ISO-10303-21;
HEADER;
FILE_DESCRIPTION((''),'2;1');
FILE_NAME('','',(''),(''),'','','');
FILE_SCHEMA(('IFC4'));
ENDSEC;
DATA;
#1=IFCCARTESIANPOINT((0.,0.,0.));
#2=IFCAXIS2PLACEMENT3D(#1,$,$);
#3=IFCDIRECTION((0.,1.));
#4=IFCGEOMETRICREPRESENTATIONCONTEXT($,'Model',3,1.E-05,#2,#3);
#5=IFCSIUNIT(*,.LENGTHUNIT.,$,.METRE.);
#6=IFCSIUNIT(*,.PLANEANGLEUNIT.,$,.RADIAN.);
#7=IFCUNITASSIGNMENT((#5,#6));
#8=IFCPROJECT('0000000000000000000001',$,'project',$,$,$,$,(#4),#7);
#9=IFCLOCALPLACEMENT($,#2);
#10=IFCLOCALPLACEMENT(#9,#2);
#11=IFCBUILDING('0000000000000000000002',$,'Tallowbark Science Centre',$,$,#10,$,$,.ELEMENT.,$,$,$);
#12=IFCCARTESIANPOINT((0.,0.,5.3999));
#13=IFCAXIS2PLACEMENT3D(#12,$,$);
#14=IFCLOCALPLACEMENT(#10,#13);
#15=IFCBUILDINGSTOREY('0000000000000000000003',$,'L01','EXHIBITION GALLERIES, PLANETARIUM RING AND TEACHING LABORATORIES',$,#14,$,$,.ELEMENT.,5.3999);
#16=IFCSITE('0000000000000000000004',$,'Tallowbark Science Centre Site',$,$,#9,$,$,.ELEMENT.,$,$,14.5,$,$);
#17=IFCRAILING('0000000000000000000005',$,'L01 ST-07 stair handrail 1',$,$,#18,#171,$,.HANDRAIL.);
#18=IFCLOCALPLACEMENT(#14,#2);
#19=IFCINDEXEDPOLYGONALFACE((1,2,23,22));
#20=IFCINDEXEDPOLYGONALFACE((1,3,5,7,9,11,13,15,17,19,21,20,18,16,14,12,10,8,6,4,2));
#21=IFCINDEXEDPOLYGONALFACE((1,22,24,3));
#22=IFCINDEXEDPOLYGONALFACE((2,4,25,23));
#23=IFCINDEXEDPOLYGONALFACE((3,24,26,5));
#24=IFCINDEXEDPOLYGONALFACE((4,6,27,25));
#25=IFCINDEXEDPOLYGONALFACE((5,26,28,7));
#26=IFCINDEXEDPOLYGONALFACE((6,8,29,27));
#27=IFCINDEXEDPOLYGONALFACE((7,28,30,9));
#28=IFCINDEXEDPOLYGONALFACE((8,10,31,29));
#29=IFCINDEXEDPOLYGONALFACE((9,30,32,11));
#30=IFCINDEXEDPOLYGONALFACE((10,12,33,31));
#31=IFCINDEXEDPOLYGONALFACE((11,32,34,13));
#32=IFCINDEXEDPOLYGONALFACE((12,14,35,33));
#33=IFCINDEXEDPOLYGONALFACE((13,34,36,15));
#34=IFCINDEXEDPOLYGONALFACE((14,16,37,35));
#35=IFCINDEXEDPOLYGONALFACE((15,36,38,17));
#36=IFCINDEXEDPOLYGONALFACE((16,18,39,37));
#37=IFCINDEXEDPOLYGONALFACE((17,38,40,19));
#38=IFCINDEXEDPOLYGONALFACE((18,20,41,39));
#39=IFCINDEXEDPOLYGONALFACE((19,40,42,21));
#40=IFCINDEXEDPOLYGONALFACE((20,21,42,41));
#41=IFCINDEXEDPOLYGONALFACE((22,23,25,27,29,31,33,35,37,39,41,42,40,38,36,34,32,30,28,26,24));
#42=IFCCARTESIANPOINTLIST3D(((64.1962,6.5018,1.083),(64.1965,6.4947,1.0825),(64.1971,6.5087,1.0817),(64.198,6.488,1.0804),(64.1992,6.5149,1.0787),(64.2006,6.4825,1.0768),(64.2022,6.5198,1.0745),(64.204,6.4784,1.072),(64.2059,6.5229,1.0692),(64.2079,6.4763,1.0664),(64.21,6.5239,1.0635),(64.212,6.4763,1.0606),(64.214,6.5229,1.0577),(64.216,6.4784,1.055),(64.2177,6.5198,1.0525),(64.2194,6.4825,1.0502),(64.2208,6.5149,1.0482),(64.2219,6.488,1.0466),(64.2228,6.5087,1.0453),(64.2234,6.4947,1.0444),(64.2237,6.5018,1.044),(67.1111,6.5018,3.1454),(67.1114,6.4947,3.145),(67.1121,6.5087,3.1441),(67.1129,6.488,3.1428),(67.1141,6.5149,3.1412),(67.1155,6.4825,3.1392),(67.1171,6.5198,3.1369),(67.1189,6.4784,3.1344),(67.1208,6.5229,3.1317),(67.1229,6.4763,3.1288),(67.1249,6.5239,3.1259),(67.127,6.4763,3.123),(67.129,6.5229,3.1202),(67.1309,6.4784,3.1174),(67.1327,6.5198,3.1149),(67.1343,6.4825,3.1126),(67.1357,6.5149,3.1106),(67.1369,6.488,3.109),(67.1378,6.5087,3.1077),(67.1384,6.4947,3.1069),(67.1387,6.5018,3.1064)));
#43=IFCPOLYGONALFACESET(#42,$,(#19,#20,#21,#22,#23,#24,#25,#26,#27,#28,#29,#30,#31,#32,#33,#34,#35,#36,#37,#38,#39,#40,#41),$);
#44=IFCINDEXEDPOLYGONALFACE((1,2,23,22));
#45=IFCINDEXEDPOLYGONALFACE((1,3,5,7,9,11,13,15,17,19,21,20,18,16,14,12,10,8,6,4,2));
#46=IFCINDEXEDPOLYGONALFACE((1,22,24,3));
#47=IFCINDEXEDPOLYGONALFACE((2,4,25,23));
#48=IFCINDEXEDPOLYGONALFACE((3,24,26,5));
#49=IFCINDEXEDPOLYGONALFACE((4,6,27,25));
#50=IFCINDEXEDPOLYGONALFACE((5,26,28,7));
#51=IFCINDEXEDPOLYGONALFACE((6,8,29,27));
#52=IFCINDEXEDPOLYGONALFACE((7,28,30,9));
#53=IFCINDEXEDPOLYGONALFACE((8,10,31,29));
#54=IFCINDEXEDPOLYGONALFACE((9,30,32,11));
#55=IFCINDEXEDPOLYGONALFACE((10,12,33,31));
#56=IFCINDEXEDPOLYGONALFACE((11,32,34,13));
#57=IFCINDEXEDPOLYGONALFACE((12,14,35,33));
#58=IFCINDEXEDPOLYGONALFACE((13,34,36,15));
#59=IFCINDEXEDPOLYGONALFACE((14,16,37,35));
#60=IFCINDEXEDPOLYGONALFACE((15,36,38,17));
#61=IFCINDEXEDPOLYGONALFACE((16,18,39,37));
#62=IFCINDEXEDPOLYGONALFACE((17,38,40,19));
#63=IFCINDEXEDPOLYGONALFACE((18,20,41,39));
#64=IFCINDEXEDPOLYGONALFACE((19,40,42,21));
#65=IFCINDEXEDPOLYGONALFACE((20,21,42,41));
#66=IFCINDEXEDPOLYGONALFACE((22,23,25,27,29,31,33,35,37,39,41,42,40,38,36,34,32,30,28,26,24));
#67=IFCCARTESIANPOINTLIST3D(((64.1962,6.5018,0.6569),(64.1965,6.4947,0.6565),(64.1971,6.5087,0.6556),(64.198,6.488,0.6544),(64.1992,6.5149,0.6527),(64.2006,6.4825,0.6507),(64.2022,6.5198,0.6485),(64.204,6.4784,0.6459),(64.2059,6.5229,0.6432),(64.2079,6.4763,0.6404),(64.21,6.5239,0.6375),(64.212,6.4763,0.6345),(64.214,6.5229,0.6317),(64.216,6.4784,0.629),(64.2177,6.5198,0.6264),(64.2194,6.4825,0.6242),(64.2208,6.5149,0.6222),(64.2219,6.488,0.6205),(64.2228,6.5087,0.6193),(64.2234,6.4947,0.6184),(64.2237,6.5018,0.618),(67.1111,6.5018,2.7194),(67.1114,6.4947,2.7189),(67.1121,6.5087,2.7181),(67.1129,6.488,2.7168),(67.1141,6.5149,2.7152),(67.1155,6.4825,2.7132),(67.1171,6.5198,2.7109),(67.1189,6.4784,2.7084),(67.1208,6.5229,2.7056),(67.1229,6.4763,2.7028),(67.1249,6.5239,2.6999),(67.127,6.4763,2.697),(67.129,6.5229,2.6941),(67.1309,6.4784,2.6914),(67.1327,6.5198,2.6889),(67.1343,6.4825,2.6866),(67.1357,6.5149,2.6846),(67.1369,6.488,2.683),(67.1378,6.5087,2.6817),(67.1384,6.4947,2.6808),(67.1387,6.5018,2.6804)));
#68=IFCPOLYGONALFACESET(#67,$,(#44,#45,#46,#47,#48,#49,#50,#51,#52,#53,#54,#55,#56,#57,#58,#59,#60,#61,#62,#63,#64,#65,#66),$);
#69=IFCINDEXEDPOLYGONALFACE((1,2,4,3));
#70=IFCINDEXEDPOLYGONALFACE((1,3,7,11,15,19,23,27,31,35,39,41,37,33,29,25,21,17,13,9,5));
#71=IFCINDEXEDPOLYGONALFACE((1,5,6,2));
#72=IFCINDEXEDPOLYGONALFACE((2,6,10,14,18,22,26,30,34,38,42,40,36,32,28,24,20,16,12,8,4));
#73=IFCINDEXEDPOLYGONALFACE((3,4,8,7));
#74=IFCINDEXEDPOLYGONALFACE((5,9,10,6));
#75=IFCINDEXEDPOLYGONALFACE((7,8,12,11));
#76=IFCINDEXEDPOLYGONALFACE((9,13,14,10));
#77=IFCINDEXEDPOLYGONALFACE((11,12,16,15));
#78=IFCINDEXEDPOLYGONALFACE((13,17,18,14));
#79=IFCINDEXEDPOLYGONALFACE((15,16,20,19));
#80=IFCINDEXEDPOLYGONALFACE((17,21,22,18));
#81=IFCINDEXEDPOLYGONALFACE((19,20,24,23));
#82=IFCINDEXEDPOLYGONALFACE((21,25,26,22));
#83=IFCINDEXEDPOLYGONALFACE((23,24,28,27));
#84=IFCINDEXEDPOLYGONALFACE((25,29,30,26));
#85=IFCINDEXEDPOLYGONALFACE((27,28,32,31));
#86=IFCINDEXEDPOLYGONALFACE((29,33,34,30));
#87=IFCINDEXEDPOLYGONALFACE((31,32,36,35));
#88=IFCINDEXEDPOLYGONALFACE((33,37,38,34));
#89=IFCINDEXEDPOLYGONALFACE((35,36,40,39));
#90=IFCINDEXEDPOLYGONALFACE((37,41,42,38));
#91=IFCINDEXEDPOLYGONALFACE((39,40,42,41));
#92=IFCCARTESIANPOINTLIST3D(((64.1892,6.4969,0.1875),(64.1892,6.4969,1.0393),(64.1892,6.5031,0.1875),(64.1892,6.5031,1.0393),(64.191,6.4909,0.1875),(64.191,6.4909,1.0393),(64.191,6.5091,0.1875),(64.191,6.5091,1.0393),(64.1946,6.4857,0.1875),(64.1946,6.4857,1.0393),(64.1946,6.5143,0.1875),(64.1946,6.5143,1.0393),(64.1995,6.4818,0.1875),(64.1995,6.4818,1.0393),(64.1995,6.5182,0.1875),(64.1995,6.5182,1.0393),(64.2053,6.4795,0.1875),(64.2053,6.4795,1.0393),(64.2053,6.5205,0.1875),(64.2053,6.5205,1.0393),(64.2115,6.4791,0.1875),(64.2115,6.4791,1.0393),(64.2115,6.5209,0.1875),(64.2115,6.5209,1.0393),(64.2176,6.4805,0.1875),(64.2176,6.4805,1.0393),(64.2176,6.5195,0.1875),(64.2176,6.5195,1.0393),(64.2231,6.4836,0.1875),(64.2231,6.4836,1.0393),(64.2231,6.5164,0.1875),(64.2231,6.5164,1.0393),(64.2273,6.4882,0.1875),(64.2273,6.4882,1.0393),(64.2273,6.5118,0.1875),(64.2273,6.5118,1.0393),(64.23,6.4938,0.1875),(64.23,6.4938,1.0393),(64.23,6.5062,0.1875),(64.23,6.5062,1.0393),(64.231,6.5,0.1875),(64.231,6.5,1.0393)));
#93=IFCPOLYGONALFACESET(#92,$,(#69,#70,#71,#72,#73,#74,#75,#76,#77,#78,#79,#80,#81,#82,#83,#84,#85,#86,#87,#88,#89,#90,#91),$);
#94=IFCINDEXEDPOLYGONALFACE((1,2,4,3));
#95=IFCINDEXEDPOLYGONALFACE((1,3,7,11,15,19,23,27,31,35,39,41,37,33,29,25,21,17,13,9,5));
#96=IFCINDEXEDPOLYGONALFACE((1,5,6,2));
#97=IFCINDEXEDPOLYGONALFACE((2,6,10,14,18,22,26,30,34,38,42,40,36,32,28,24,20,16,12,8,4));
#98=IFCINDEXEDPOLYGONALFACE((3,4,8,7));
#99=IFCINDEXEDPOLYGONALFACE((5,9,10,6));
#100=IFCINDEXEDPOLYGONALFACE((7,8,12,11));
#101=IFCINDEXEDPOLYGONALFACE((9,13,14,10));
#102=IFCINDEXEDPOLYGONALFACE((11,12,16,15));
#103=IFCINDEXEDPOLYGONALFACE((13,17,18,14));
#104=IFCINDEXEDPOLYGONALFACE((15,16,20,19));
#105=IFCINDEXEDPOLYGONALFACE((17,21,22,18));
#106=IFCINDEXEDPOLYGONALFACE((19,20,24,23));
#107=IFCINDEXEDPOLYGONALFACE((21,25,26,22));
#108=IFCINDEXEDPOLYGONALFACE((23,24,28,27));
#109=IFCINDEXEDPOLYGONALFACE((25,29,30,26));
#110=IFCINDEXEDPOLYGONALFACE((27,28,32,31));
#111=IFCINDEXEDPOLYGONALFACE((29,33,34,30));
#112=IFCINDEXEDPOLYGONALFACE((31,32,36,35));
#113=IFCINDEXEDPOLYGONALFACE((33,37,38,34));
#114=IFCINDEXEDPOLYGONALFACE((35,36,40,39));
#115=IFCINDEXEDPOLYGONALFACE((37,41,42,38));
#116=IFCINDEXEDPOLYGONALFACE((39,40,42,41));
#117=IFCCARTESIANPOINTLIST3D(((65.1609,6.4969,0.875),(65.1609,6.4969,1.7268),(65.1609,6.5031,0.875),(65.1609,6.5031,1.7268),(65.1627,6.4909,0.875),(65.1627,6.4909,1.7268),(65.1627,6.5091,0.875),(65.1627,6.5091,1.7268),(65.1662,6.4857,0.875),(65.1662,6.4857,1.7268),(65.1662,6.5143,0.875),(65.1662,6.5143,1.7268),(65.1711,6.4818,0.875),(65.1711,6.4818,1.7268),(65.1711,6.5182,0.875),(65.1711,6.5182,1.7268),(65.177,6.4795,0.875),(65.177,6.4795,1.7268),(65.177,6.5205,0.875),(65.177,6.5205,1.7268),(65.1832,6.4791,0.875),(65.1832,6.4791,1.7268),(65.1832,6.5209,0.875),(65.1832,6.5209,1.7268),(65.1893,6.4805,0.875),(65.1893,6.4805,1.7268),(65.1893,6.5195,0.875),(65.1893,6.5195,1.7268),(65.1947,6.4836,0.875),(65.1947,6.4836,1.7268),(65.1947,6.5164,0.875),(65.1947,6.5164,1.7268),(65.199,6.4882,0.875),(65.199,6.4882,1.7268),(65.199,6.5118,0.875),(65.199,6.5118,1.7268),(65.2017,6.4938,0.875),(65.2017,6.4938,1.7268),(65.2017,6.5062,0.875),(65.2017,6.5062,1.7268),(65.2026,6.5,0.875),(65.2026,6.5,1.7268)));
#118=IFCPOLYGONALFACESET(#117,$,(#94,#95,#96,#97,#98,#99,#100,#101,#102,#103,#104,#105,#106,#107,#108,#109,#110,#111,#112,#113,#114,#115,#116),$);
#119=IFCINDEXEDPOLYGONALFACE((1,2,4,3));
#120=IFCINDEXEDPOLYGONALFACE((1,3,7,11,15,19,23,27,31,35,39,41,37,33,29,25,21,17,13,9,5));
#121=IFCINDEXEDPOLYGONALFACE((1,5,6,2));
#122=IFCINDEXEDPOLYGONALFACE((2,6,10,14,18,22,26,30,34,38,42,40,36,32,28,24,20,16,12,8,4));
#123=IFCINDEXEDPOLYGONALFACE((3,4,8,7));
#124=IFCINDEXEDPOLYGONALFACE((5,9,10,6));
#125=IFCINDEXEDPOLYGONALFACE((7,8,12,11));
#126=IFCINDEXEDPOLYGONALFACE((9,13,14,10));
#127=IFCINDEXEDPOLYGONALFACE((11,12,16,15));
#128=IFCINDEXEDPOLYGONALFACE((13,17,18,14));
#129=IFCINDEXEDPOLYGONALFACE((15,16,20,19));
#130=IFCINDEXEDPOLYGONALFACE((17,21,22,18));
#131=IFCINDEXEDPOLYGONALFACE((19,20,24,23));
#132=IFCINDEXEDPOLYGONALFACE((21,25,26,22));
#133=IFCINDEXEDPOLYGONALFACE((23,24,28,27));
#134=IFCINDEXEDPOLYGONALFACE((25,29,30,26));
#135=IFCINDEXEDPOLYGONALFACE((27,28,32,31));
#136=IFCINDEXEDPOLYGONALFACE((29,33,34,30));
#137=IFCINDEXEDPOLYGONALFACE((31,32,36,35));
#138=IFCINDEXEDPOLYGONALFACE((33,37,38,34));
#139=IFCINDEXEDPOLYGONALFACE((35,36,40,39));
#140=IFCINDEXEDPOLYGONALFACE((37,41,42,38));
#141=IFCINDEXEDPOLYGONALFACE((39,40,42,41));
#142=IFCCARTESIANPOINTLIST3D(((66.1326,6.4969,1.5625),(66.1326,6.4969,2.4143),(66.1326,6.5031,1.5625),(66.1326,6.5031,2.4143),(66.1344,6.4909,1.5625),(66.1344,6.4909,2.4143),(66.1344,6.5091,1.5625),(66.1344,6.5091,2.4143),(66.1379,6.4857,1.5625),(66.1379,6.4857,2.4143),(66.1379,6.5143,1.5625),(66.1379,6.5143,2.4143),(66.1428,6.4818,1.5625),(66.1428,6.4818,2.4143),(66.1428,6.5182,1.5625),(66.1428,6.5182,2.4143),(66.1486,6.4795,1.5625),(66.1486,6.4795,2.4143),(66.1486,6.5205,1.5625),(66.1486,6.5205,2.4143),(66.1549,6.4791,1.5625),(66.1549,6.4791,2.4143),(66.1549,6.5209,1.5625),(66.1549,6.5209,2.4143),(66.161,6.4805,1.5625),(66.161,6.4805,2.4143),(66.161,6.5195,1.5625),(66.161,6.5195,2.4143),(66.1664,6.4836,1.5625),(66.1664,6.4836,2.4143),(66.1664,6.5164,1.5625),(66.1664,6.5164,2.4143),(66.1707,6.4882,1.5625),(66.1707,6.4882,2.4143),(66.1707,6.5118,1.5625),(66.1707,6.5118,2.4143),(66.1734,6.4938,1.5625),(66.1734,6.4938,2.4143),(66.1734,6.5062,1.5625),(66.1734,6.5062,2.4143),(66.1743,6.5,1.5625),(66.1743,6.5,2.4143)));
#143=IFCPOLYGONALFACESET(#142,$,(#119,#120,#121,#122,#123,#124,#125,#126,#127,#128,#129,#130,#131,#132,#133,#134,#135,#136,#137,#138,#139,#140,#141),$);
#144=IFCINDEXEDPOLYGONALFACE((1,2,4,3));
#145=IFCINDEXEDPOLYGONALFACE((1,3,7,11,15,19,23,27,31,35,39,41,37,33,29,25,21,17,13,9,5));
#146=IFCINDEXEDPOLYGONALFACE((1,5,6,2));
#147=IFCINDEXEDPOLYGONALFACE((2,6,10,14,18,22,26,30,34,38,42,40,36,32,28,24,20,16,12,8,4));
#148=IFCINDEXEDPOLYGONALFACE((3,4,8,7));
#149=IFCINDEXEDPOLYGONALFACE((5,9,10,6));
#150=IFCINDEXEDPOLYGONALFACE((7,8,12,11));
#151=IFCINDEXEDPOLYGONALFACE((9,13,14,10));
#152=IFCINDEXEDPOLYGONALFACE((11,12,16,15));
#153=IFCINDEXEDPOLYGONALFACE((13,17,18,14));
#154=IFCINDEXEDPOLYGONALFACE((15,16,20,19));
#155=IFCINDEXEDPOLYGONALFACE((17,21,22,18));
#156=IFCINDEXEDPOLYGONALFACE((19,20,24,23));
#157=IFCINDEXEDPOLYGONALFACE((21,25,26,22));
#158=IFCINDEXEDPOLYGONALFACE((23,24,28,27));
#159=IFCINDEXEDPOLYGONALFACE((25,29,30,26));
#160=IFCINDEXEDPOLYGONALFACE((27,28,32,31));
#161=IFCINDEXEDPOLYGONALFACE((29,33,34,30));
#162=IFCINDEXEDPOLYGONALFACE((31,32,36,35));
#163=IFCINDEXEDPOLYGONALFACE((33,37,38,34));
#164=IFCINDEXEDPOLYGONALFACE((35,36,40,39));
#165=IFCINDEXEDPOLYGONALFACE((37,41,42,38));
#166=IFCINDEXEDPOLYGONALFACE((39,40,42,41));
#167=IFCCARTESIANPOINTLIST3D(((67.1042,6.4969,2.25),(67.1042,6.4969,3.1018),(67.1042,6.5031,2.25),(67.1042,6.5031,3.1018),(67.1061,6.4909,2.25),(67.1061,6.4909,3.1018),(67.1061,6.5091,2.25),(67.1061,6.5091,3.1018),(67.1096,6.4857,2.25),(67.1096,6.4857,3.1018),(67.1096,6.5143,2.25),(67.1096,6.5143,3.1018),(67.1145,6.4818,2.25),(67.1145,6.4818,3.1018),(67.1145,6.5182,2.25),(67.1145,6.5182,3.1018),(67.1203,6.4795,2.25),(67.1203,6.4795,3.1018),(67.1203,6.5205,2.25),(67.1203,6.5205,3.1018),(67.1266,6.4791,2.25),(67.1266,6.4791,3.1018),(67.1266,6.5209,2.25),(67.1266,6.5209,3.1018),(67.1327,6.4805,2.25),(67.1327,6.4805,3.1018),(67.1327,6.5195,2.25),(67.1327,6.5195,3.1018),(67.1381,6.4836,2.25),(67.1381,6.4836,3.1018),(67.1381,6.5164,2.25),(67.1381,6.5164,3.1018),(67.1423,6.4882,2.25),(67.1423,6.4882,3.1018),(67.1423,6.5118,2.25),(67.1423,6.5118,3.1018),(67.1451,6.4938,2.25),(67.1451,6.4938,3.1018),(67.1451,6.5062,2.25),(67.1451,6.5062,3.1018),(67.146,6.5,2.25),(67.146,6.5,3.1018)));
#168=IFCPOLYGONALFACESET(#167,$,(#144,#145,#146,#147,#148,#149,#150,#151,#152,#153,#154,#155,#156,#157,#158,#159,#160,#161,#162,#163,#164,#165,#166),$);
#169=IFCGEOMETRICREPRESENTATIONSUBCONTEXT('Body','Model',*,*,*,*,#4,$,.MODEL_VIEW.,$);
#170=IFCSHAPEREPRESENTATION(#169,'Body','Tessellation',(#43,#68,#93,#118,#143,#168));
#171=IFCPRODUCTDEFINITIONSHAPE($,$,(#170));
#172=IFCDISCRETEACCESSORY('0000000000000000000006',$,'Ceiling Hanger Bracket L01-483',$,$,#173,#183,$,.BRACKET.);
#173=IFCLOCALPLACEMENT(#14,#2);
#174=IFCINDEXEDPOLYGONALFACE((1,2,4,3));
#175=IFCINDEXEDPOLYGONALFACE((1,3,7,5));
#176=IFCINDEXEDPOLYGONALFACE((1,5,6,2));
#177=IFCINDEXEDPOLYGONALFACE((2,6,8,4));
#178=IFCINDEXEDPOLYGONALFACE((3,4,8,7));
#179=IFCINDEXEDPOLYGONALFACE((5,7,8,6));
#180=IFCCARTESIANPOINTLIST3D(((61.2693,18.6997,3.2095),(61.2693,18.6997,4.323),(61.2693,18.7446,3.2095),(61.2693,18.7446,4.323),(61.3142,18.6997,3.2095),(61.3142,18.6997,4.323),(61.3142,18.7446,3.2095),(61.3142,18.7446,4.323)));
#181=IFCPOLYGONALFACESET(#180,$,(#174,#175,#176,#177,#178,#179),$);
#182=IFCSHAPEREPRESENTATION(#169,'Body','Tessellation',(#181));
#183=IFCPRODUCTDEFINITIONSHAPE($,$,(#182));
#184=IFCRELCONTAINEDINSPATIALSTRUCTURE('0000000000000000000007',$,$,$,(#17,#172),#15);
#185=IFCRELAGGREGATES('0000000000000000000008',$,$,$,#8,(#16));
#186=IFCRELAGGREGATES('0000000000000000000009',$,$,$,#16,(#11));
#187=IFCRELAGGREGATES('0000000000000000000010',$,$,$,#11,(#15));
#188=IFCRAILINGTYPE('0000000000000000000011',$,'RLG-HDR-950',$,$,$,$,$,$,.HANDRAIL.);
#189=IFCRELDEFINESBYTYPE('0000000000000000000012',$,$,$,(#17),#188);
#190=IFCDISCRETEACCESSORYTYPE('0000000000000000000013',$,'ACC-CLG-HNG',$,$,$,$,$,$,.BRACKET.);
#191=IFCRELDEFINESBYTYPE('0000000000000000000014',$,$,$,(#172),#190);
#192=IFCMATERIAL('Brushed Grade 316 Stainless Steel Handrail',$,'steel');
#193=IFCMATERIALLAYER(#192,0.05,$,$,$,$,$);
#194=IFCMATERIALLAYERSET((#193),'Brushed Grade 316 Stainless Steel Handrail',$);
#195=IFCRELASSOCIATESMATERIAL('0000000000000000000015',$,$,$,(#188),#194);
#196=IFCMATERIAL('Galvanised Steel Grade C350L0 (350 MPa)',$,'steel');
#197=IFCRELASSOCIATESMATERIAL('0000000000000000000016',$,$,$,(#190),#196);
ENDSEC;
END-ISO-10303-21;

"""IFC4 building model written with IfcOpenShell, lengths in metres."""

from ifc_helpers import new_model, si_unit, direction, frame, origin, origin_2d, place, context, subcontext, project, spatial, rectangle, circle, extrude, material, layer, layer_set, type_object, element, save


model = new_model("IFC4")

# Units and contexts
model_context = context("Model", 3, precision=1e-05, world=origin(), true_north=direction((0.0, 1.0)))
body_context = subcontext(model_context, "Body", "Model", "MODEL_VIEW")
ifc_project = project(units=[si_unit("LENGTHUNIT", "METRE"), si_unit("PLANEANGLEUNIT", "RADIAN")], contexts=[model_context])

# Site, building, storey
site_placement = place(None, origin())
site = spatial("IfcSite", under=ifc_project, at=site_placement, Name="Tallowbark Science Centre Site", CompositionType="ELEMENT", RefElevation=14.5)
building_placement = place(site_placement, origin())
building = spatial("IfcBuilding", under=site, at=building_placement, Name="Tallowbark Science Centre", CompositionType="ELEMENT")
storey_placement = place(building_placement, frame((0.0, 0.0, 5.3999)))
storey = spatial("IfcBuildingStorey", under=building, at=storey_placement, Name="L01", Description="EXHIBITION GALLERIES, PLANETARIUM RING AND TEACHING LABORATORIES", CompositionType="ELEMENT", Elevation=5.3999)

# Railing
ifc_material_1 = material(Name="Brushed Grade 316 Stainless Steel Handrail", Category="steel")
ifc_layer_1 = layer(ifc_material_1, 0.05)
ifc_layer_set_1 = layer_set([ifc_layer_1], Name="Brushed Grade 316 Stainless Steel Handrail")
railing_type_1 = type_object("IfcRailingType", Name="RLG-HDR-950", PredefinedType="HANDRAIL", material=ifc_layer_set_1)
railing_1_placement = place(storey_placement, frame((64.21, 6.5, 0.1875)))
element("IfcRailing", 1, at=railing_1_placement, inside=storey, type_object=railing_type_1, Name="L01 ST-07 stair handrail 1", PredefinedType="HANDRAIL", context=body_context, shape_type="SweptSolid", body=[
    extrude(circle(Radius=0.0239, at=origin_2d()), frame((0.0, 0.0, 0.876), z_axis=(0.816331, 0.0, 0.577585), x_axis=(0.0, 1.0, 0.0)), (0.0, 0.0, 1.0), 3.5708),
    extrude(circle(Radius=0.0239, at=origin_2d()), frame((0.0, 0.0, 0.45), z_axis=(0.816331, 0.0, 0.577585), x_axis=(0.0, 1.0, 0.0)), (0.0, 0.0, 1.0), 3.5708),
    extrude(circle(Radius=0.021, at=origin_2d()), origin(), (0.0, 0.0, 1.0), 0.8518),
    extrude(circle(Radius=0.021, at=origin_2d()), frame((0.9717, 0.0, 0.6875)), (0.0, 0.0, 1.0), 0.8518),
    extrude(circle(Radius=0.021, at=origin_2d()), frame((1.9434, 0.0, 1.375)), (0.0, 0.0, 1.0), 0.8518),
    extrude(circle(Radius=0.021, at=origin_2d()), frame((2.915, 0.0, 2.0625)), (0.0, 0.0, 1.0), 0.8518),
])

# Discrete accessory
ifc_material_2 = material(Name="Galvanised Steel Grade C350L0 (350 MPa)", Category="steel")
discrete_accessory_type = type_object("IfcDiscreteAccessoryType", Name="ACC-CLG-HNG", PredefinedType="BRACKET", material=ifc_material_2)
discrete_accessory_placement = place(storey_placement, frame((61.2917, 18.7222, 3.2095), z_axis=(0.0, 0.0, 1.0), x_axis=(1.0, 0.0, 0.0)))
element("IfcDiscreteAccessory", 2, at=discrete_accessory_placement, inside=storey, type_object=discrete_accessory_type, Name="Ceiling Hanger Bracket L01-483", PredefinedType="BRACKET", context=body_context, shape_type="SweptSolid", body=[
    extrude(rectangle(XDim=0.0449, YDim=0.0449, at=origin_2d()), origin(), (0.0, 0.0, 1.0), 1.1135),
])

save(model, "model.ifc")
